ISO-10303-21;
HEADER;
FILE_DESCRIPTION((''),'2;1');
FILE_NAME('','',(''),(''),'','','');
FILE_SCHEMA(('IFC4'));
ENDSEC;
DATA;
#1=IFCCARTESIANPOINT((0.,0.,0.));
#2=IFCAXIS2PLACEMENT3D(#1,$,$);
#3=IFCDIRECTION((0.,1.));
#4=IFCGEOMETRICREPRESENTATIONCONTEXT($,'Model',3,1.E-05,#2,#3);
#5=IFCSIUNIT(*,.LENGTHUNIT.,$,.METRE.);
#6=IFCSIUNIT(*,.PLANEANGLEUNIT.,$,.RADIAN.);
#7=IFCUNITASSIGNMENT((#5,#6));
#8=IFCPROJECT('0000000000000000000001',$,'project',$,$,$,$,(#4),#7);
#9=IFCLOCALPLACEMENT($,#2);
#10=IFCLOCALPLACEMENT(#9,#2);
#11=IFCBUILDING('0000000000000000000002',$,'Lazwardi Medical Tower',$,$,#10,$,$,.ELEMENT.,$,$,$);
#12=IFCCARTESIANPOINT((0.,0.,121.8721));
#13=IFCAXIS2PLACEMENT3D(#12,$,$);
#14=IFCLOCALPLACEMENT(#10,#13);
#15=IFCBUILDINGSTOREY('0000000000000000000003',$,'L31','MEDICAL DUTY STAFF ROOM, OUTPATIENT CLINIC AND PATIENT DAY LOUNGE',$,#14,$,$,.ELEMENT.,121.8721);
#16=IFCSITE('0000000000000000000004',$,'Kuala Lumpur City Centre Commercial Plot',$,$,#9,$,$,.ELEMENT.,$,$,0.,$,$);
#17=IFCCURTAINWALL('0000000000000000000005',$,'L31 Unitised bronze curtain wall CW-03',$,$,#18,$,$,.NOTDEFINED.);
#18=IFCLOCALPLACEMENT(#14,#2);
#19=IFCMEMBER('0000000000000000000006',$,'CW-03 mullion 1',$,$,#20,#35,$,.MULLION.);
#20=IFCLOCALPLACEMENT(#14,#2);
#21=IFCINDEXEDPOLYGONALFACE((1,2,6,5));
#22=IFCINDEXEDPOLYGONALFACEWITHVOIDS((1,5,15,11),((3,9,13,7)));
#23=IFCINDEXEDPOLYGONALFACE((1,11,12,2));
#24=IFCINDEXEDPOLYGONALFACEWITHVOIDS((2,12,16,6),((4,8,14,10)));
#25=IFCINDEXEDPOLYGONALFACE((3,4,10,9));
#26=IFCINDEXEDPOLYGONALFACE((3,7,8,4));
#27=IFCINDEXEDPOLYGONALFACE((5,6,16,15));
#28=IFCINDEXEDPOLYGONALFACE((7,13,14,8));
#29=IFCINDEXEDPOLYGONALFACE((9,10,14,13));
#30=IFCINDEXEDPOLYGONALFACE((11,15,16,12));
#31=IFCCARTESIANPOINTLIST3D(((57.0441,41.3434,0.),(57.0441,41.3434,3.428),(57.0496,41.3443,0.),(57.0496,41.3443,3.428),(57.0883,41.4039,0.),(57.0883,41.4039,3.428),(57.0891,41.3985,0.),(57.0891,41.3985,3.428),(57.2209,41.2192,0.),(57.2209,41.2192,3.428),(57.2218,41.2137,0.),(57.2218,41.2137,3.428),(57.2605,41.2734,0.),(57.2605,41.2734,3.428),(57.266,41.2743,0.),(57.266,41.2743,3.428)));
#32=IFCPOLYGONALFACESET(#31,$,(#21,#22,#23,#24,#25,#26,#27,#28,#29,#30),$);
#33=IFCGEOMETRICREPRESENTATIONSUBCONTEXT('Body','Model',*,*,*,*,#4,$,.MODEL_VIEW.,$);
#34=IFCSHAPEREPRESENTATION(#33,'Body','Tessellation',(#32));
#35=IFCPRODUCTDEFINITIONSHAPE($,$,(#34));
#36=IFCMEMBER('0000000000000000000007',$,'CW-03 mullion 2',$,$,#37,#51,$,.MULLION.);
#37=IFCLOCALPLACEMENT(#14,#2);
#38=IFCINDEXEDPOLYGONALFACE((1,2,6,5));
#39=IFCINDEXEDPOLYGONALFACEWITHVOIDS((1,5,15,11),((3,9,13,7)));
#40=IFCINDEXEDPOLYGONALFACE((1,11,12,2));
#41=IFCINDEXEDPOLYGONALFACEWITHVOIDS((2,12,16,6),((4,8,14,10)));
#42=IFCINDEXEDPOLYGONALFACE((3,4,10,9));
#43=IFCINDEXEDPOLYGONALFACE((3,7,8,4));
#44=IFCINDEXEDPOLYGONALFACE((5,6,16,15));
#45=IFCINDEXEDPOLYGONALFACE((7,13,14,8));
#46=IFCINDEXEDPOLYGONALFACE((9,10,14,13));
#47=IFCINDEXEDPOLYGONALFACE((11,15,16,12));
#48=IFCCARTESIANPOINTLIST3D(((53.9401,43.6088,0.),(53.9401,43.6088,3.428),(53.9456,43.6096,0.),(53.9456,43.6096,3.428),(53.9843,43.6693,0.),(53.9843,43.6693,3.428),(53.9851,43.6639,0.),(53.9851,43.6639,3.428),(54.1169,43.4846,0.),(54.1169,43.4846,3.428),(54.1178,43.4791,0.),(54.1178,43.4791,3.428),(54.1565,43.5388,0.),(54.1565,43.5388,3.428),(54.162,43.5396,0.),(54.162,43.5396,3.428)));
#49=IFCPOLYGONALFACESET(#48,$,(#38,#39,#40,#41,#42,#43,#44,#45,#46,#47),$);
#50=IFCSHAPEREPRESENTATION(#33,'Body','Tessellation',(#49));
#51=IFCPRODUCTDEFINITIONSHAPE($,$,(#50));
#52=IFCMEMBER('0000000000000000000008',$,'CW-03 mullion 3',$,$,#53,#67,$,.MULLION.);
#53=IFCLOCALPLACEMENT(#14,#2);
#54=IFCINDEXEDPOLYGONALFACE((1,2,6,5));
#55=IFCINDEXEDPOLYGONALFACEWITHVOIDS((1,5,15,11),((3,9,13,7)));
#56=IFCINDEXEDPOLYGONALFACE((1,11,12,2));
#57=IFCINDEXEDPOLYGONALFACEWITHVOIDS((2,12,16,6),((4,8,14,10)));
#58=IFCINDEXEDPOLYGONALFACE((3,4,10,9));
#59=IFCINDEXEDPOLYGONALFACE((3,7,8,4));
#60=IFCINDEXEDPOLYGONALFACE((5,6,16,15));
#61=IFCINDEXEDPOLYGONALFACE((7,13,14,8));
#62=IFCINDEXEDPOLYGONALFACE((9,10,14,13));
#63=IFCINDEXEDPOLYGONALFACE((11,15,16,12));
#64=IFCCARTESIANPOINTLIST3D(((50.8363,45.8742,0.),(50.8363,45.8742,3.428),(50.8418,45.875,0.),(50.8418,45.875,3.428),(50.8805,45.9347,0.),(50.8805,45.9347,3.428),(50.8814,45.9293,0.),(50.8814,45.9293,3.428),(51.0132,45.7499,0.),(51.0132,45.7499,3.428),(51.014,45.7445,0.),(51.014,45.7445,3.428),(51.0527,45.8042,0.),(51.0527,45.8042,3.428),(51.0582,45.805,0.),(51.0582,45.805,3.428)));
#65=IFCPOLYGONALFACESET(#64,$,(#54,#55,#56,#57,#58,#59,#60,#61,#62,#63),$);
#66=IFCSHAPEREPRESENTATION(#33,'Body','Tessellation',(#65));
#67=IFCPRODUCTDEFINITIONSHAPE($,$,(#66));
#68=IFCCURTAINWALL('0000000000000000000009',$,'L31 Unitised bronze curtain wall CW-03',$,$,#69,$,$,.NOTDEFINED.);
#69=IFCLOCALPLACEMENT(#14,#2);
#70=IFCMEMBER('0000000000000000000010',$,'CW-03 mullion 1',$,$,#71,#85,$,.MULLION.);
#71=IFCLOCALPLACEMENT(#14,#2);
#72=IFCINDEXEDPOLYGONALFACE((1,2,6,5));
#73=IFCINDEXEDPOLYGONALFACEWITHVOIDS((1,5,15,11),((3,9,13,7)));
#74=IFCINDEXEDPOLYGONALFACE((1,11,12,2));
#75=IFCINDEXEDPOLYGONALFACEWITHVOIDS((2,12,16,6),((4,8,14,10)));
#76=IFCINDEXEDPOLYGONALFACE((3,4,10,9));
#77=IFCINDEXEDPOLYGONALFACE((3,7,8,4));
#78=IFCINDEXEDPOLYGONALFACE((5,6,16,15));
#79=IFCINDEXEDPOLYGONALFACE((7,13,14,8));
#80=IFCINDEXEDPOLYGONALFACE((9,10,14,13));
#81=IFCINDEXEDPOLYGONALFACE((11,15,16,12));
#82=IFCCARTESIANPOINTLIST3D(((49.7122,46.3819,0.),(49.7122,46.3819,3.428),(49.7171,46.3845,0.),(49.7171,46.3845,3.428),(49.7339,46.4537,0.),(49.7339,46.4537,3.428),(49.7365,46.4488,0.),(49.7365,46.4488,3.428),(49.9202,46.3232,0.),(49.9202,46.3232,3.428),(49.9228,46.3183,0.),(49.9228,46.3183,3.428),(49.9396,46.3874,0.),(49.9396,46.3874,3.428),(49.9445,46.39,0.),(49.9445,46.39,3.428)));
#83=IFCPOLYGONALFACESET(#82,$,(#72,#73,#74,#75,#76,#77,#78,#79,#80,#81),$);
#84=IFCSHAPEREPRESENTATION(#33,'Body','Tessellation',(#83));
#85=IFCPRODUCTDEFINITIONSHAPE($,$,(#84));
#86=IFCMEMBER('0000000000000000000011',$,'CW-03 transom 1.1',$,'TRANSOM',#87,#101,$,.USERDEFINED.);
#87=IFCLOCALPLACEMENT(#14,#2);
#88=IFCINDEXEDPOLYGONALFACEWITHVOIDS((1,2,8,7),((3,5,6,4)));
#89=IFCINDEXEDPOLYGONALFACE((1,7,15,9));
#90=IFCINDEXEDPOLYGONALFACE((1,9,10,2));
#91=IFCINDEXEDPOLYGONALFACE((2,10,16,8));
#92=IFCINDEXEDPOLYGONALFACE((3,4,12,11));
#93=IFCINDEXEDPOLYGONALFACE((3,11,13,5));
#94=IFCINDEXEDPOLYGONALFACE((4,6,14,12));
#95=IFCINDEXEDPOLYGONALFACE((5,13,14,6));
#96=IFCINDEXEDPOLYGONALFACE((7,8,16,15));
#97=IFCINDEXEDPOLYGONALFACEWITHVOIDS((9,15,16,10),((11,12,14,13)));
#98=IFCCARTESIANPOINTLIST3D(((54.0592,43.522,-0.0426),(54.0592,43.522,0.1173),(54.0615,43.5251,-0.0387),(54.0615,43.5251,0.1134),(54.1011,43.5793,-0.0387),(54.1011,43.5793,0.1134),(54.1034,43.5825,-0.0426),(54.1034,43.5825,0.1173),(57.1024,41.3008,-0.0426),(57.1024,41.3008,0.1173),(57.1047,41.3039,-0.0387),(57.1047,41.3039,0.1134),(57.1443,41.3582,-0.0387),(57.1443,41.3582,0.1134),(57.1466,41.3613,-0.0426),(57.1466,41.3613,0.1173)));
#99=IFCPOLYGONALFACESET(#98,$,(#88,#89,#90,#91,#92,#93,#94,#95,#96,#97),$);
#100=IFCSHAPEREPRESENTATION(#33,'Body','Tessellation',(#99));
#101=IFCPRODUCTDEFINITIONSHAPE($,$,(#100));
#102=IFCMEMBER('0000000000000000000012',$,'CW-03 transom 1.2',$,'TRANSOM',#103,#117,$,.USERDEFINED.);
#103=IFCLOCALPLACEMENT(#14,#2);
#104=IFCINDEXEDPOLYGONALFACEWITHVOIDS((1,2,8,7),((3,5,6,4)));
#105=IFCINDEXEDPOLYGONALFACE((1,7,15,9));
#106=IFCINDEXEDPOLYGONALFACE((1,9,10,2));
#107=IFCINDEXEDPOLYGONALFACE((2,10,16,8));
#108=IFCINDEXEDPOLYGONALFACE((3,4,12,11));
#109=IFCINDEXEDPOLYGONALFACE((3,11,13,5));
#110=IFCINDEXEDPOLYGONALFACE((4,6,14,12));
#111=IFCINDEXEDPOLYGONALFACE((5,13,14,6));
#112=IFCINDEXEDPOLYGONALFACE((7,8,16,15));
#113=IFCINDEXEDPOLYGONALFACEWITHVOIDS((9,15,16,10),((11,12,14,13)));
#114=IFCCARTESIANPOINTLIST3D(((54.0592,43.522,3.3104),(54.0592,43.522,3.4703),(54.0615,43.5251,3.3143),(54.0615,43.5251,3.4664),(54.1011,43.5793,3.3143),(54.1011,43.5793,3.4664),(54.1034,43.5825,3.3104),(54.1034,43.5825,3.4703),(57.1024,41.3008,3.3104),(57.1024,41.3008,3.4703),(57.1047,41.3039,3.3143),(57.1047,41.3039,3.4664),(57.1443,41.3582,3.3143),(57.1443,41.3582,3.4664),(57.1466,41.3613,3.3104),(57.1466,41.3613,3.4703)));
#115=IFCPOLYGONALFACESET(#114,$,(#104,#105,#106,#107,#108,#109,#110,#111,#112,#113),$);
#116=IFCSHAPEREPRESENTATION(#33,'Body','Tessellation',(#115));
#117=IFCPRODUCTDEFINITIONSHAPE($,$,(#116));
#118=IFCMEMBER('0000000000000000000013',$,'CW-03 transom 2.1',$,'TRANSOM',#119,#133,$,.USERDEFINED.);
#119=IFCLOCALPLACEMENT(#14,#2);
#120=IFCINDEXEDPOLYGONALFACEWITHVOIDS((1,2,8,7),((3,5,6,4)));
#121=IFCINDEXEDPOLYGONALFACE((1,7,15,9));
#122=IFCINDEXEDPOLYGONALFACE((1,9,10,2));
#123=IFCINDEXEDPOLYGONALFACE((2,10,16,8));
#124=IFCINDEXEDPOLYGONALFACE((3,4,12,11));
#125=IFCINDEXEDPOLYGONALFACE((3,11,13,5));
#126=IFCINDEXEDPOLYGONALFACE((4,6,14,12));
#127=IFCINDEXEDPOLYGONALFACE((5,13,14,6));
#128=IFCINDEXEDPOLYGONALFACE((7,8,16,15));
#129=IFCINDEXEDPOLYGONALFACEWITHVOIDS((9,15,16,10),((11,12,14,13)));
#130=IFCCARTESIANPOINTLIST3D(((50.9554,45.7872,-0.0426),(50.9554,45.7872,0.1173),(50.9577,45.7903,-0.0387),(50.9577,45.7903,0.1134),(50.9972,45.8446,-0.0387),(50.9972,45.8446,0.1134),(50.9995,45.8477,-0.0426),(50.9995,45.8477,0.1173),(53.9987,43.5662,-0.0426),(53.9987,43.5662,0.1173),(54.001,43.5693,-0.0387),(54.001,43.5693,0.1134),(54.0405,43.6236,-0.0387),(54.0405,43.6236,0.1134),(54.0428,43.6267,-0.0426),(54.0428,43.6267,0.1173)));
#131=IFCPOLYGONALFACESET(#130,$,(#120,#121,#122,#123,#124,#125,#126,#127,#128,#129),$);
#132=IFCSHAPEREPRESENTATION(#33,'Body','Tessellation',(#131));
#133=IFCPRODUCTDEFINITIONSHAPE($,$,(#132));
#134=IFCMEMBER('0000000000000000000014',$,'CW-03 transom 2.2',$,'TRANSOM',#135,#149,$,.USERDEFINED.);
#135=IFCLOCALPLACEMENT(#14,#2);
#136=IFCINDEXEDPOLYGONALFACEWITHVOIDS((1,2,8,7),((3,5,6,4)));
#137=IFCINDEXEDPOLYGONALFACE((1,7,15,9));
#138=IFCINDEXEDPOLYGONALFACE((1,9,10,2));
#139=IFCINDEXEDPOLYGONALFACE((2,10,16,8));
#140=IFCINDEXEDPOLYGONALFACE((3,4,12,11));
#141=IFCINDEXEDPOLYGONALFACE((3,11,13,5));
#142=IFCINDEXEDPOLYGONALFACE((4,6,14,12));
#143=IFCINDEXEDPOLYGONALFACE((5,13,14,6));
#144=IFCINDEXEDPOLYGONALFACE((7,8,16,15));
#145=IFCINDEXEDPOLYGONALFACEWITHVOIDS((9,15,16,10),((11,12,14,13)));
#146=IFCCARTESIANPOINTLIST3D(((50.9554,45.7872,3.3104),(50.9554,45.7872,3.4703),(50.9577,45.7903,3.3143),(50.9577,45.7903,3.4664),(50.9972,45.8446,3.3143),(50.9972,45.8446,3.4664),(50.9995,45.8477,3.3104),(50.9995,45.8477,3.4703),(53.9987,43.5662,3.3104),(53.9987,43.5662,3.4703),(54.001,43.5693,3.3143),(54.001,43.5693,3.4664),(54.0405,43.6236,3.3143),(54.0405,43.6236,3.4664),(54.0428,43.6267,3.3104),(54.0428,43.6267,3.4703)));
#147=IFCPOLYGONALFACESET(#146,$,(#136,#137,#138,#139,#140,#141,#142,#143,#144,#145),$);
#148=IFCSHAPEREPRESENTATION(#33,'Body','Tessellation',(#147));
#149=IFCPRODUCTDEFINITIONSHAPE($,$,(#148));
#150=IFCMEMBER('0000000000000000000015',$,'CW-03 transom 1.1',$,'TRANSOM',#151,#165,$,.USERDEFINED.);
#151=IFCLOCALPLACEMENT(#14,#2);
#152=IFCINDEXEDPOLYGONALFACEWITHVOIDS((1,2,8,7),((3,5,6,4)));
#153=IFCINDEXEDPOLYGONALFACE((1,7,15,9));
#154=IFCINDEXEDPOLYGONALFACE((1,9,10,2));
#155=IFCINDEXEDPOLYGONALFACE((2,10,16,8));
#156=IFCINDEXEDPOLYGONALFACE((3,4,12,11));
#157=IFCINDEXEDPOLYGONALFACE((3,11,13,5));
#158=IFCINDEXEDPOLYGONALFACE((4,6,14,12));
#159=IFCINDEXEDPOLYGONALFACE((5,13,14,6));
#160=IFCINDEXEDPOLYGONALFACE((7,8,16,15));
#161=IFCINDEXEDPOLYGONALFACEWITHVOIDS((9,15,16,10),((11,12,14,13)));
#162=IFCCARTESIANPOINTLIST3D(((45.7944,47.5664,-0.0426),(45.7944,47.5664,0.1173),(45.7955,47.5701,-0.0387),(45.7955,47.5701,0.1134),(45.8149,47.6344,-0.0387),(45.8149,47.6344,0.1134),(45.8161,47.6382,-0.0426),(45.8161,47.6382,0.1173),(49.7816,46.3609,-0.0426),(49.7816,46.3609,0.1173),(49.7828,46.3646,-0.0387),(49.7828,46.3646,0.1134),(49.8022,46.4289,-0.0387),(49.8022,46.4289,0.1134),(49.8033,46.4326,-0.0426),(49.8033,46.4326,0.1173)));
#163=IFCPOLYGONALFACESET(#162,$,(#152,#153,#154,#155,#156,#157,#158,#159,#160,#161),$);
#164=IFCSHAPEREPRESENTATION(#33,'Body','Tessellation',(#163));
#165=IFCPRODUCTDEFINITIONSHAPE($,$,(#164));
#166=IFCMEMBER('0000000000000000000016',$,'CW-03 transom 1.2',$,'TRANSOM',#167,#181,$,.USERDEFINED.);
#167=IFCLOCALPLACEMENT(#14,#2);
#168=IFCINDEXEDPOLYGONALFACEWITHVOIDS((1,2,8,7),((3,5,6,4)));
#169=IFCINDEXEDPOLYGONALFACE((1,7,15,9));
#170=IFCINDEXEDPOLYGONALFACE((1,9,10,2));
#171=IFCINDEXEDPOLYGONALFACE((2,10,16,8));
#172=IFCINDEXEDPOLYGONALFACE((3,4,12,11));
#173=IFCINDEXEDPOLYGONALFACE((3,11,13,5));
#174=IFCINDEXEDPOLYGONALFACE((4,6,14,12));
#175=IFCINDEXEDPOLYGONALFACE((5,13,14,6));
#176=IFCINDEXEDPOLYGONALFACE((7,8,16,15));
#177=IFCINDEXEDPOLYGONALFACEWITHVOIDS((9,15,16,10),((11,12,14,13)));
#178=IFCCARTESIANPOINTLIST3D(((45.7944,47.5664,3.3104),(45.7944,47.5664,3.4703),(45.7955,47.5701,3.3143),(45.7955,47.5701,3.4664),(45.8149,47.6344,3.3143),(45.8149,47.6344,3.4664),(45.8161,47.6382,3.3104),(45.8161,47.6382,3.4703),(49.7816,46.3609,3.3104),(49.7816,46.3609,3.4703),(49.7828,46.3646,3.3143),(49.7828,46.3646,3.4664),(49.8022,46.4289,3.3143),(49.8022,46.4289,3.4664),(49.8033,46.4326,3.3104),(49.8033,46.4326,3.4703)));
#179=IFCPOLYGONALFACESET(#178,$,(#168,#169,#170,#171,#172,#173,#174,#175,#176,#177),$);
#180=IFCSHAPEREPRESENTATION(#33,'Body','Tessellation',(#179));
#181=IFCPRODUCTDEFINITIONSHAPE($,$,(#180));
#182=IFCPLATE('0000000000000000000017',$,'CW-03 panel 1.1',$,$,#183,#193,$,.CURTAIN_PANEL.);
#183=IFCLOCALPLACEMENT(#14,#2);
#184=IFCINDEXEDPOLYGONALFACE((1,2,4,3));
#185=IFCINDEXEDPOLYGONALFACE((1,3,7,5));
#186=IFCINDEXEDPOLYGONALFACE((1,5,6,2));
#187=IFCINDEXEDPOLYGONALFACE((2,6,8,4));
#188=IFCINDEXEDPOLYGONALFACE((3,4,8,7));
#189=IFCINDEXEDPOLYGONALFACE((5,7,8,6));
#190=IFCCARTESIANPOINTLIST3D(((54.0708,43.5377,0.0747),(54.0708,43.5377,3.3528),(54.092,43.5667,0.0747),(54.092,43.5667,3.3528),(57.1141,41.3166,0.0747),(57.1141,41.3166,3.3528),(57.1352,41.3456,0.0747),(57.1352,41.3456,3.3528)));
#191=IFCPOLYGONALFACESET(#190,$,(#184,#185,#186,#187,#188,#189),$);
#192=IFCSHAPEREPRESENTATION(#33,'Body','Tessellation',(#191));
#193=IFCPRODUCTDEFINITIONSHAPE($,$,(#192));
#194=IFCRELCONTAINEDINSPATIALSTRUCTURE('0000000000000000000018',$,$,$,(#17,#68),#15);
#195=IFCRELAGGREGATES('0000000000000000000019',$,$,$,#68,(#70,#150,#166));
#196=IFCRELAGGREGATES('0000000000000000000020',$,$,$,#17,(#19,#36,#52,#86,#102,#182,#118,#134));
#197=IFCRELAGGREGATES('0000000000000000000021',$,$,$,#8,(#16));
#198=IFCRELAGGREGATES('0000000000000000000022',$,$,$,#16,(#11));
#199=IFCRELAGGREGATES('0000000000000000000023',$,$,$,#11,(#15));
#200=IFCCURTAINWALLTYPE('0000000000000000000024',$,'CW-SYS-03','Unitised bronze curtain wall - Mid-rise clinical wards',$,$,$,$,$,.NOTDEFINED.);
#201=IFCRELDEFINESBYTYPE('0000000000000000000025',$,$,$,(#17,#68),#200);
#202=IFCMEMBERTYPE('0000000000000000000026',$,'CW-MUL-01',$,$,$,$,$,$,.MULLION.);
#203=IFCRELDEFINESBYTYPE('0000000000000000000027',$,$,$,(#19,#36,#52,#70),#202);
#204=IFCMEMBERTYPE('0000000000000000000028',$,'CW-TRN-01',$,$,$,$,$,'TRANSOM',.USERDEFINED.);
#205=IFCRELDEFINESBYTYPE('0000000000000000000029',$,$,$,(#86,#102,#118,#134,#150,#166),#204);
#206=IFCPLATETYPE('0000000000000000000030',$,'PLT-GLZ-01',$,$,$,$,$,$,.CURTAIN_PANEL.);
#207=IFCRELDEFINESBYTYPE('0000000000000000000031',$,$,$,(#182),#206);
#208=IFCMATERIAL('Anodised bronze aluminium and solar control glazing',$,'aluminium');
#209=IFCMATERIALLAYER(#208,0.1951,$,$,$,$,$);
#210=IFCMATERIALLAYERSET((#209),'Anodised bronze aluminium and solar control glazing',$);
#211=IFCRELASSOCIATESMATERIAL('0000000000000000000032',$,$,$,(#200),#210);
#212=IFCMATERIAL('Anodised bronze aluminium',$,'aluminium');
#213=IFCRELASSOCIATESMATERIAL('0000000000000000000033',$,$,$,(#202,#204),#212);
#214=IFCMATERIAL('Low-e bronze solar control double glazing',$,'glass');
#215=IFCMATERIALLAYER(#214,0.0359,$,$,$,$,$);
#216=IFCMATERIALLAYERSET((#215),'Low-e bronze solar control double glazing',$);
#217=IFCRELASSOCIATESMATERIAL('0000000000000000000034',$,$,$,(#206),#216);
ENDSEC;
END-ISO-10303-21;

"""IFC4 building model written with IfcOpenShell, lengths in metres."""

from ifc_helpers import new_model, si_unit, direction, frame, origin, origin_2d, place, context, subcontext, project, spatial, rectangle, hollow_rectangle, extrude, material, layer, layer_set, material_profile, profile_set, type_object, element, aggregate, save


model = new_model("IFC4")

# Units and contexts
model_context = context("Model", 3, precision=1e-05, world=origin(), true_north=direction((0.0, 1.0)))
body_context = subcontext(model_context, "Body", "Model", "MODEL_VIEW")
ifc_project = project(units=[si_unit("LENGTHUNIT", "METRE"), si_unit("PLANEANGLEUNIT", "RADIAN")], contexts=[model_context])

# Site, building, storey
site_placement = place(None, origin())
site = spatial("IfcSite", under=ifc_project, at=site_placement, Name="Kuala Lumpur City Centre Commercial Plot", CompositionType="ELEMENT", RefElevation=0.0)
building_placement = place(site_placement, origin())
building = spatial("IfcBuilding", under=site, at=building_placement, Name="Lazwardi Medical Tower", CompositionType="ELEMENT")
storey_placement = place(building_placement, frame((0.0, 0.0, 121.8721)))
storey = spatial("IfcBuildingStorey", under=building, at=storey_placement, Name="L31", Description="MEDICAL DUTY STAFF ROOM, OUTPATIENT CLINIC AND PATIENT DAY LOUNGE", CompositionType="ELEMENT", Elevation=121.8721)

# Shared definitions
ifc_material_1 = material(Name="Anodised bronze aluminium and solar control glazing", Category="aluminium")
ifc_layer_1 = layer(ifc_material_1, 0.1951)
ifc_layer_set_1 = layer_set([ifc_layer_1], Name="Anodised bronze aluminium and solar control glazing")
curtain_wall_type = type_object("IfcCurtainWallType", Name="CW-SYS-03", Description="Unitised bronze curtain wall - Mid-rise clinical wards", PredefinedType="NOTDEFINED", material=ifc_layer_set_1)
ifc_material_2 = material(Name="Anodised bronze aluminium", Category="aluminium")
ifc_material_profile_1 = material_profile(ifc_material_2, hollow_rectangle(XDim=0.075, YDim=0.22, WallThickness=0.0039, at=origin_2d()), Name="ALU-MULLION 220x75x4")
ifc_profile_set_1 = profile_set([ifc_material_profile_1], Name="Anodised bronze aluminium")
member_type_1 = type_object("IfcMemberType", Name="CW-MUL-01", PredefinedType="MULLION", material=ifc_profile_set_1)

# Curtain wall, members
curtain_wall_1_placement = place(storey_placement, origin())
curtain_wall_1 = element("IfcCurtainWall", 1, at=curtain_wall_1_placement, inside=storey, type_object=curtain_wall_type, Name="L31 Unitised bronze curtain wall CW-03", PredefinedType="NOTDEFINED")
member_1_placement = place(storey_placement, frame((57.155, 41.3088, 0.0), z_axis=(0.0, 0.0, 1.0), x_axis=(-0.589531, -0.807746, 0.0)))
member_1 = element("IfcMember", 2, at=member_1_placement, type_object=member_type_1, Name="CW-03 mullion 1", PredefinedType="MULLION", context=body_context, shape_type="SweptSolid", body=[
    extrude(hollow_rectangle(XDim=0.075, YDim=0.22, WallThickness=0.0039, at=origin_2d()), origin(), (0.0, 0.0, 1.0), 3.428),
])
member_2_placement = place(storey_placement, frame((54.051, 43.5742, 0.0), z_axis=(0.0, 0.0, 1.0), x_axis=(-0.589531, -0.807746, 0.0)))
member_2 = element("IfcMember", 3, at=member_2_placement, type_object=member_type_1, Name="CW-03 mullion 2", PredefinedType="MULLION", context=body_context, shape_type="SweptSolid", body=[
    extrude(hollow_rectangle(XDim=0.075, YDim=0.22, WallThickness=0.0039, at=origin_2d()), origin(), (0.0, 0.0, 1.0), 3.428),
])
member_3_placement = place(storey_placement, frame((50.9473, 45.8396, 0.0), z_axis=(0.0, 0.0, 1.0), x_axis=(-0.589531, -0.807746, 0.0)))
member_3 = element("IfcMember", 4, at=member_3_placement, type_object=member_type_1, Name="CW-03 mullion 3", PredefinedType="MULLION", context=body_context, shape_type="SweptSolid", body=[
    extrude(hollow_rectangle(XDim=0.075, YDim=0.22, WallThickness=0.0039, at=origin_2d()), origin(), (0.0, 0.0, 1.0), 3.428),
])

# Curtain wall, member
curtain_wall_2_placement = place(storey_placement, origin())
curtain_wall_2 = element("IfcCurtainWall", 5, at=curtain_wall_2_placement, inside=storey, type_object=curtain_wall_type, Name="L31 Unitised bronze curtain wall CW-03", PredefinedType="NOTDEFINED")
member_4_placement = place(storey_placement, frame((49.8284, 46.386, 0.0), z_axis=(0.0, 0.0, 1.0), x_axis=(-0.289374, -0.957216, 0.0)))
member_4 = element("IfcMember", 6, at=member_4_placement, type_object=member_type_1, Name="CW-03 mullion 1", PredefinedType="MULLION", context=body_context, shape_type="SweptSolid", body=[
    extrude(hollow_rectangle(XDim=0.075, YDim=0.22, WallThickness=0.0039, at=origin_2d()), origin(), (0.0, 0.0, 1.0), 3.428),
])

# Members
ifc_material_profile_2 = material_profile(ifc_material_2, hollow_rectangle(XDim=0.075, YDim=0.1599, WallThickness=0.0039, at=origin_2d()), Name="ALU-TRANSOM 160x75x4")
ifc_profile_set_2 = profile_set([ifc_material_profile_2], Name="Anodised bronze aluminium")
member_type_2 = type_object("IfcMemberType", Name="CW-TRN-01", ElementType="TRANSOM", PredefinedType="USERDEFINED", material=ifc_profile_set_2)
member_5_placement = place(storey_placement, frame((57.1245, 41.3311, 0.0374), z_axis=(-0.807732, 0.58955, 0.0), x_axis=(-0.58955, -0.807732, 0.0)))
member_5 = element("IfcMember", 7, at=member_5_placement, type_object=member_type_2, Name="CW-03 transom 1.1", ObjectType="TRANSOM", PredefinedType="USERDEFINED", context=body_context, shape_type="SweptSolid", body=[
    extrude(hollow_rectangle(XDim=0.075, YDim=0.1599, WallThickness=0.0039, at=origin_2d()), origin(), (0.0, 0.0, 1.0), 3.7676),
])
member_6_placement = place(storey_placement, frame((57.1245, 41.3311, 3.3904), z_axis=(-0.807732, 0.58955, 0.0), x_axis=(-0.58955, -0.807732, 0.0)))
member_6 = element("IfcMember", 8, at=member_6_placement, type_object=member_type_2, Name="CW-03 transom 1.2", ObjectType="TRANSOM", PredefinedType="USERDEFINED", context=body_context, shape_type="SweptSolid", body=[
    extrude(hollow_rectangle(XDim=0.075, YDim=0.1599, WallThickness=0.0039, at=origin_2d()), origin(), (0.0, 0.0, 1.0), 3.7676),
])
member_7_placement = place(storey_placement, frame((54.0208, 43.5964, 0.0374), z_axis=(-0.807763, 0.589508, 0.0), x_axis=(-0.589508, -0.807763, 0.0)))
member_7 = element("IfcMember", 9, at=member_7_placement, type_object=member_type_2, Name="CW-03 transom 2.1", ObjectType="TRANSOM", PredefinedType="USERDEFINED", context=body_context, shape_type="SweptSolid", body=[
    extrude(hollow_rectangle(XDim=0.075, YDim=0.1599, WallThickness=0.0039, at=origin_2d()), origin(), (0.0, 0.0, 1.0), 3.7676),
])
member_8_placement = place(storey_placement, frame((54.0208, 43.5964, 3.3904), z_axis=(-0.807763, 0.589508, 0.0), x_axis=(-0.589508, -0.807763, 0.0)))
member_8 = element("IfcMember", 10, at=member_8_placement, type_object=member_type_2, Name="CW-03 transom 2.2", ObjectType="TRANSOM", PredefinedType="USERDEFINED", context=body_context, shape_type="SweptSolid", body=[
    extrude(hollow_rectangle(XDim=0.075, YDim=0.1599, WallThickness=0.0039, at=origin_2d()), origin(), (0.0, 0.0, 1.0), 3.7676),
])
member_9_placement = place(storey_placement, frame((49.7925, 46.3967, 0.0374), z_axis=(-0.957205, 0.289412, 0.0), x_axis=(-0.289412, -0.957205, 0.0)))
member_9 = element("IfcMember", 11, at=member_9_placement, type_object=member_type_2, Name="CW-03 transom 1.1", ObjectType="TRANSOM", PredefinedType="USERDEFINED", context=body_context, shape_type="SweptSolid", body=[
    extrude(hollow_rectangle(XDim=0.075, YDim=0.1599, WallThickness=0.0039, at=origin_2d()), origin(), (0.0, 0.0, 1.0), 4.1655),
])
member_10_placement = place(storey_placement, frame((49.7925, 46.3967, 3.3904), z_axis=(-0.957205, 0.289412, 0.0), x_axis=(-0.289412, -0.957205, 0.0)))
member_10 = element("IfcMember", 12, at=member_10_placement, type_object=member_type_2, Name="CW-03 transom 1.2", ObjectType="TRANSOM", PredefinedType="USERDEFINED", context=body_context, shape_type="SweptSolid", body=[
    extrude(hollow_rectangle(XDim=0.075, YDim=0.1599, WallThickness=0.0039, at=origin_2d()), origin(), (0.0, 0.0, 1.0), 4.1655),
])
aggregate(curtain_wall_2, [member_4, member_9, member_10])

# Plate
ifc_material_3 = material(Name="Low-e bronze solar control double glazing", Category="glass")
ifc_layer_2 = layer(ifc_material_3, 0.0359)
ifc_layer_set_2 = layer_set([ifc_layer_2], Name="Low-e bronze solar control double glazing")
plate_type = type_object("IfcPlateType", Name="PLT-GLZ-01", PredefinedType="CURTAIN_PANEL", material=ifc_layer_set_2)
plate_1_placement = place(storey_placement, frame((55.603, 42.4417, 0.0747), z_axis=(0.0, 0.0, 1.0), x_axis=(-0.807746, 0.589531, 0.0)))
plate_1 = element("IfcPlate", 13, at=plate_1_placement, type_object=plate_type, Name="CW-03 panel 1.1", PredefinedType="CURTAIN_PANEL", context=body_context, shape_type="SweptSolid", body=[
    extrude(rectangle(XDim=3.7676, YDim=0.0359, at=origin_2d()), origin(), (0.0, 0.0, 1.0), 3.2781),
])
aggregate(curtain_wall_1, [member_1, member_2, member_3, member_5, member_6, plate_1, member_7, member_8])

save(model, "model.ifc")
